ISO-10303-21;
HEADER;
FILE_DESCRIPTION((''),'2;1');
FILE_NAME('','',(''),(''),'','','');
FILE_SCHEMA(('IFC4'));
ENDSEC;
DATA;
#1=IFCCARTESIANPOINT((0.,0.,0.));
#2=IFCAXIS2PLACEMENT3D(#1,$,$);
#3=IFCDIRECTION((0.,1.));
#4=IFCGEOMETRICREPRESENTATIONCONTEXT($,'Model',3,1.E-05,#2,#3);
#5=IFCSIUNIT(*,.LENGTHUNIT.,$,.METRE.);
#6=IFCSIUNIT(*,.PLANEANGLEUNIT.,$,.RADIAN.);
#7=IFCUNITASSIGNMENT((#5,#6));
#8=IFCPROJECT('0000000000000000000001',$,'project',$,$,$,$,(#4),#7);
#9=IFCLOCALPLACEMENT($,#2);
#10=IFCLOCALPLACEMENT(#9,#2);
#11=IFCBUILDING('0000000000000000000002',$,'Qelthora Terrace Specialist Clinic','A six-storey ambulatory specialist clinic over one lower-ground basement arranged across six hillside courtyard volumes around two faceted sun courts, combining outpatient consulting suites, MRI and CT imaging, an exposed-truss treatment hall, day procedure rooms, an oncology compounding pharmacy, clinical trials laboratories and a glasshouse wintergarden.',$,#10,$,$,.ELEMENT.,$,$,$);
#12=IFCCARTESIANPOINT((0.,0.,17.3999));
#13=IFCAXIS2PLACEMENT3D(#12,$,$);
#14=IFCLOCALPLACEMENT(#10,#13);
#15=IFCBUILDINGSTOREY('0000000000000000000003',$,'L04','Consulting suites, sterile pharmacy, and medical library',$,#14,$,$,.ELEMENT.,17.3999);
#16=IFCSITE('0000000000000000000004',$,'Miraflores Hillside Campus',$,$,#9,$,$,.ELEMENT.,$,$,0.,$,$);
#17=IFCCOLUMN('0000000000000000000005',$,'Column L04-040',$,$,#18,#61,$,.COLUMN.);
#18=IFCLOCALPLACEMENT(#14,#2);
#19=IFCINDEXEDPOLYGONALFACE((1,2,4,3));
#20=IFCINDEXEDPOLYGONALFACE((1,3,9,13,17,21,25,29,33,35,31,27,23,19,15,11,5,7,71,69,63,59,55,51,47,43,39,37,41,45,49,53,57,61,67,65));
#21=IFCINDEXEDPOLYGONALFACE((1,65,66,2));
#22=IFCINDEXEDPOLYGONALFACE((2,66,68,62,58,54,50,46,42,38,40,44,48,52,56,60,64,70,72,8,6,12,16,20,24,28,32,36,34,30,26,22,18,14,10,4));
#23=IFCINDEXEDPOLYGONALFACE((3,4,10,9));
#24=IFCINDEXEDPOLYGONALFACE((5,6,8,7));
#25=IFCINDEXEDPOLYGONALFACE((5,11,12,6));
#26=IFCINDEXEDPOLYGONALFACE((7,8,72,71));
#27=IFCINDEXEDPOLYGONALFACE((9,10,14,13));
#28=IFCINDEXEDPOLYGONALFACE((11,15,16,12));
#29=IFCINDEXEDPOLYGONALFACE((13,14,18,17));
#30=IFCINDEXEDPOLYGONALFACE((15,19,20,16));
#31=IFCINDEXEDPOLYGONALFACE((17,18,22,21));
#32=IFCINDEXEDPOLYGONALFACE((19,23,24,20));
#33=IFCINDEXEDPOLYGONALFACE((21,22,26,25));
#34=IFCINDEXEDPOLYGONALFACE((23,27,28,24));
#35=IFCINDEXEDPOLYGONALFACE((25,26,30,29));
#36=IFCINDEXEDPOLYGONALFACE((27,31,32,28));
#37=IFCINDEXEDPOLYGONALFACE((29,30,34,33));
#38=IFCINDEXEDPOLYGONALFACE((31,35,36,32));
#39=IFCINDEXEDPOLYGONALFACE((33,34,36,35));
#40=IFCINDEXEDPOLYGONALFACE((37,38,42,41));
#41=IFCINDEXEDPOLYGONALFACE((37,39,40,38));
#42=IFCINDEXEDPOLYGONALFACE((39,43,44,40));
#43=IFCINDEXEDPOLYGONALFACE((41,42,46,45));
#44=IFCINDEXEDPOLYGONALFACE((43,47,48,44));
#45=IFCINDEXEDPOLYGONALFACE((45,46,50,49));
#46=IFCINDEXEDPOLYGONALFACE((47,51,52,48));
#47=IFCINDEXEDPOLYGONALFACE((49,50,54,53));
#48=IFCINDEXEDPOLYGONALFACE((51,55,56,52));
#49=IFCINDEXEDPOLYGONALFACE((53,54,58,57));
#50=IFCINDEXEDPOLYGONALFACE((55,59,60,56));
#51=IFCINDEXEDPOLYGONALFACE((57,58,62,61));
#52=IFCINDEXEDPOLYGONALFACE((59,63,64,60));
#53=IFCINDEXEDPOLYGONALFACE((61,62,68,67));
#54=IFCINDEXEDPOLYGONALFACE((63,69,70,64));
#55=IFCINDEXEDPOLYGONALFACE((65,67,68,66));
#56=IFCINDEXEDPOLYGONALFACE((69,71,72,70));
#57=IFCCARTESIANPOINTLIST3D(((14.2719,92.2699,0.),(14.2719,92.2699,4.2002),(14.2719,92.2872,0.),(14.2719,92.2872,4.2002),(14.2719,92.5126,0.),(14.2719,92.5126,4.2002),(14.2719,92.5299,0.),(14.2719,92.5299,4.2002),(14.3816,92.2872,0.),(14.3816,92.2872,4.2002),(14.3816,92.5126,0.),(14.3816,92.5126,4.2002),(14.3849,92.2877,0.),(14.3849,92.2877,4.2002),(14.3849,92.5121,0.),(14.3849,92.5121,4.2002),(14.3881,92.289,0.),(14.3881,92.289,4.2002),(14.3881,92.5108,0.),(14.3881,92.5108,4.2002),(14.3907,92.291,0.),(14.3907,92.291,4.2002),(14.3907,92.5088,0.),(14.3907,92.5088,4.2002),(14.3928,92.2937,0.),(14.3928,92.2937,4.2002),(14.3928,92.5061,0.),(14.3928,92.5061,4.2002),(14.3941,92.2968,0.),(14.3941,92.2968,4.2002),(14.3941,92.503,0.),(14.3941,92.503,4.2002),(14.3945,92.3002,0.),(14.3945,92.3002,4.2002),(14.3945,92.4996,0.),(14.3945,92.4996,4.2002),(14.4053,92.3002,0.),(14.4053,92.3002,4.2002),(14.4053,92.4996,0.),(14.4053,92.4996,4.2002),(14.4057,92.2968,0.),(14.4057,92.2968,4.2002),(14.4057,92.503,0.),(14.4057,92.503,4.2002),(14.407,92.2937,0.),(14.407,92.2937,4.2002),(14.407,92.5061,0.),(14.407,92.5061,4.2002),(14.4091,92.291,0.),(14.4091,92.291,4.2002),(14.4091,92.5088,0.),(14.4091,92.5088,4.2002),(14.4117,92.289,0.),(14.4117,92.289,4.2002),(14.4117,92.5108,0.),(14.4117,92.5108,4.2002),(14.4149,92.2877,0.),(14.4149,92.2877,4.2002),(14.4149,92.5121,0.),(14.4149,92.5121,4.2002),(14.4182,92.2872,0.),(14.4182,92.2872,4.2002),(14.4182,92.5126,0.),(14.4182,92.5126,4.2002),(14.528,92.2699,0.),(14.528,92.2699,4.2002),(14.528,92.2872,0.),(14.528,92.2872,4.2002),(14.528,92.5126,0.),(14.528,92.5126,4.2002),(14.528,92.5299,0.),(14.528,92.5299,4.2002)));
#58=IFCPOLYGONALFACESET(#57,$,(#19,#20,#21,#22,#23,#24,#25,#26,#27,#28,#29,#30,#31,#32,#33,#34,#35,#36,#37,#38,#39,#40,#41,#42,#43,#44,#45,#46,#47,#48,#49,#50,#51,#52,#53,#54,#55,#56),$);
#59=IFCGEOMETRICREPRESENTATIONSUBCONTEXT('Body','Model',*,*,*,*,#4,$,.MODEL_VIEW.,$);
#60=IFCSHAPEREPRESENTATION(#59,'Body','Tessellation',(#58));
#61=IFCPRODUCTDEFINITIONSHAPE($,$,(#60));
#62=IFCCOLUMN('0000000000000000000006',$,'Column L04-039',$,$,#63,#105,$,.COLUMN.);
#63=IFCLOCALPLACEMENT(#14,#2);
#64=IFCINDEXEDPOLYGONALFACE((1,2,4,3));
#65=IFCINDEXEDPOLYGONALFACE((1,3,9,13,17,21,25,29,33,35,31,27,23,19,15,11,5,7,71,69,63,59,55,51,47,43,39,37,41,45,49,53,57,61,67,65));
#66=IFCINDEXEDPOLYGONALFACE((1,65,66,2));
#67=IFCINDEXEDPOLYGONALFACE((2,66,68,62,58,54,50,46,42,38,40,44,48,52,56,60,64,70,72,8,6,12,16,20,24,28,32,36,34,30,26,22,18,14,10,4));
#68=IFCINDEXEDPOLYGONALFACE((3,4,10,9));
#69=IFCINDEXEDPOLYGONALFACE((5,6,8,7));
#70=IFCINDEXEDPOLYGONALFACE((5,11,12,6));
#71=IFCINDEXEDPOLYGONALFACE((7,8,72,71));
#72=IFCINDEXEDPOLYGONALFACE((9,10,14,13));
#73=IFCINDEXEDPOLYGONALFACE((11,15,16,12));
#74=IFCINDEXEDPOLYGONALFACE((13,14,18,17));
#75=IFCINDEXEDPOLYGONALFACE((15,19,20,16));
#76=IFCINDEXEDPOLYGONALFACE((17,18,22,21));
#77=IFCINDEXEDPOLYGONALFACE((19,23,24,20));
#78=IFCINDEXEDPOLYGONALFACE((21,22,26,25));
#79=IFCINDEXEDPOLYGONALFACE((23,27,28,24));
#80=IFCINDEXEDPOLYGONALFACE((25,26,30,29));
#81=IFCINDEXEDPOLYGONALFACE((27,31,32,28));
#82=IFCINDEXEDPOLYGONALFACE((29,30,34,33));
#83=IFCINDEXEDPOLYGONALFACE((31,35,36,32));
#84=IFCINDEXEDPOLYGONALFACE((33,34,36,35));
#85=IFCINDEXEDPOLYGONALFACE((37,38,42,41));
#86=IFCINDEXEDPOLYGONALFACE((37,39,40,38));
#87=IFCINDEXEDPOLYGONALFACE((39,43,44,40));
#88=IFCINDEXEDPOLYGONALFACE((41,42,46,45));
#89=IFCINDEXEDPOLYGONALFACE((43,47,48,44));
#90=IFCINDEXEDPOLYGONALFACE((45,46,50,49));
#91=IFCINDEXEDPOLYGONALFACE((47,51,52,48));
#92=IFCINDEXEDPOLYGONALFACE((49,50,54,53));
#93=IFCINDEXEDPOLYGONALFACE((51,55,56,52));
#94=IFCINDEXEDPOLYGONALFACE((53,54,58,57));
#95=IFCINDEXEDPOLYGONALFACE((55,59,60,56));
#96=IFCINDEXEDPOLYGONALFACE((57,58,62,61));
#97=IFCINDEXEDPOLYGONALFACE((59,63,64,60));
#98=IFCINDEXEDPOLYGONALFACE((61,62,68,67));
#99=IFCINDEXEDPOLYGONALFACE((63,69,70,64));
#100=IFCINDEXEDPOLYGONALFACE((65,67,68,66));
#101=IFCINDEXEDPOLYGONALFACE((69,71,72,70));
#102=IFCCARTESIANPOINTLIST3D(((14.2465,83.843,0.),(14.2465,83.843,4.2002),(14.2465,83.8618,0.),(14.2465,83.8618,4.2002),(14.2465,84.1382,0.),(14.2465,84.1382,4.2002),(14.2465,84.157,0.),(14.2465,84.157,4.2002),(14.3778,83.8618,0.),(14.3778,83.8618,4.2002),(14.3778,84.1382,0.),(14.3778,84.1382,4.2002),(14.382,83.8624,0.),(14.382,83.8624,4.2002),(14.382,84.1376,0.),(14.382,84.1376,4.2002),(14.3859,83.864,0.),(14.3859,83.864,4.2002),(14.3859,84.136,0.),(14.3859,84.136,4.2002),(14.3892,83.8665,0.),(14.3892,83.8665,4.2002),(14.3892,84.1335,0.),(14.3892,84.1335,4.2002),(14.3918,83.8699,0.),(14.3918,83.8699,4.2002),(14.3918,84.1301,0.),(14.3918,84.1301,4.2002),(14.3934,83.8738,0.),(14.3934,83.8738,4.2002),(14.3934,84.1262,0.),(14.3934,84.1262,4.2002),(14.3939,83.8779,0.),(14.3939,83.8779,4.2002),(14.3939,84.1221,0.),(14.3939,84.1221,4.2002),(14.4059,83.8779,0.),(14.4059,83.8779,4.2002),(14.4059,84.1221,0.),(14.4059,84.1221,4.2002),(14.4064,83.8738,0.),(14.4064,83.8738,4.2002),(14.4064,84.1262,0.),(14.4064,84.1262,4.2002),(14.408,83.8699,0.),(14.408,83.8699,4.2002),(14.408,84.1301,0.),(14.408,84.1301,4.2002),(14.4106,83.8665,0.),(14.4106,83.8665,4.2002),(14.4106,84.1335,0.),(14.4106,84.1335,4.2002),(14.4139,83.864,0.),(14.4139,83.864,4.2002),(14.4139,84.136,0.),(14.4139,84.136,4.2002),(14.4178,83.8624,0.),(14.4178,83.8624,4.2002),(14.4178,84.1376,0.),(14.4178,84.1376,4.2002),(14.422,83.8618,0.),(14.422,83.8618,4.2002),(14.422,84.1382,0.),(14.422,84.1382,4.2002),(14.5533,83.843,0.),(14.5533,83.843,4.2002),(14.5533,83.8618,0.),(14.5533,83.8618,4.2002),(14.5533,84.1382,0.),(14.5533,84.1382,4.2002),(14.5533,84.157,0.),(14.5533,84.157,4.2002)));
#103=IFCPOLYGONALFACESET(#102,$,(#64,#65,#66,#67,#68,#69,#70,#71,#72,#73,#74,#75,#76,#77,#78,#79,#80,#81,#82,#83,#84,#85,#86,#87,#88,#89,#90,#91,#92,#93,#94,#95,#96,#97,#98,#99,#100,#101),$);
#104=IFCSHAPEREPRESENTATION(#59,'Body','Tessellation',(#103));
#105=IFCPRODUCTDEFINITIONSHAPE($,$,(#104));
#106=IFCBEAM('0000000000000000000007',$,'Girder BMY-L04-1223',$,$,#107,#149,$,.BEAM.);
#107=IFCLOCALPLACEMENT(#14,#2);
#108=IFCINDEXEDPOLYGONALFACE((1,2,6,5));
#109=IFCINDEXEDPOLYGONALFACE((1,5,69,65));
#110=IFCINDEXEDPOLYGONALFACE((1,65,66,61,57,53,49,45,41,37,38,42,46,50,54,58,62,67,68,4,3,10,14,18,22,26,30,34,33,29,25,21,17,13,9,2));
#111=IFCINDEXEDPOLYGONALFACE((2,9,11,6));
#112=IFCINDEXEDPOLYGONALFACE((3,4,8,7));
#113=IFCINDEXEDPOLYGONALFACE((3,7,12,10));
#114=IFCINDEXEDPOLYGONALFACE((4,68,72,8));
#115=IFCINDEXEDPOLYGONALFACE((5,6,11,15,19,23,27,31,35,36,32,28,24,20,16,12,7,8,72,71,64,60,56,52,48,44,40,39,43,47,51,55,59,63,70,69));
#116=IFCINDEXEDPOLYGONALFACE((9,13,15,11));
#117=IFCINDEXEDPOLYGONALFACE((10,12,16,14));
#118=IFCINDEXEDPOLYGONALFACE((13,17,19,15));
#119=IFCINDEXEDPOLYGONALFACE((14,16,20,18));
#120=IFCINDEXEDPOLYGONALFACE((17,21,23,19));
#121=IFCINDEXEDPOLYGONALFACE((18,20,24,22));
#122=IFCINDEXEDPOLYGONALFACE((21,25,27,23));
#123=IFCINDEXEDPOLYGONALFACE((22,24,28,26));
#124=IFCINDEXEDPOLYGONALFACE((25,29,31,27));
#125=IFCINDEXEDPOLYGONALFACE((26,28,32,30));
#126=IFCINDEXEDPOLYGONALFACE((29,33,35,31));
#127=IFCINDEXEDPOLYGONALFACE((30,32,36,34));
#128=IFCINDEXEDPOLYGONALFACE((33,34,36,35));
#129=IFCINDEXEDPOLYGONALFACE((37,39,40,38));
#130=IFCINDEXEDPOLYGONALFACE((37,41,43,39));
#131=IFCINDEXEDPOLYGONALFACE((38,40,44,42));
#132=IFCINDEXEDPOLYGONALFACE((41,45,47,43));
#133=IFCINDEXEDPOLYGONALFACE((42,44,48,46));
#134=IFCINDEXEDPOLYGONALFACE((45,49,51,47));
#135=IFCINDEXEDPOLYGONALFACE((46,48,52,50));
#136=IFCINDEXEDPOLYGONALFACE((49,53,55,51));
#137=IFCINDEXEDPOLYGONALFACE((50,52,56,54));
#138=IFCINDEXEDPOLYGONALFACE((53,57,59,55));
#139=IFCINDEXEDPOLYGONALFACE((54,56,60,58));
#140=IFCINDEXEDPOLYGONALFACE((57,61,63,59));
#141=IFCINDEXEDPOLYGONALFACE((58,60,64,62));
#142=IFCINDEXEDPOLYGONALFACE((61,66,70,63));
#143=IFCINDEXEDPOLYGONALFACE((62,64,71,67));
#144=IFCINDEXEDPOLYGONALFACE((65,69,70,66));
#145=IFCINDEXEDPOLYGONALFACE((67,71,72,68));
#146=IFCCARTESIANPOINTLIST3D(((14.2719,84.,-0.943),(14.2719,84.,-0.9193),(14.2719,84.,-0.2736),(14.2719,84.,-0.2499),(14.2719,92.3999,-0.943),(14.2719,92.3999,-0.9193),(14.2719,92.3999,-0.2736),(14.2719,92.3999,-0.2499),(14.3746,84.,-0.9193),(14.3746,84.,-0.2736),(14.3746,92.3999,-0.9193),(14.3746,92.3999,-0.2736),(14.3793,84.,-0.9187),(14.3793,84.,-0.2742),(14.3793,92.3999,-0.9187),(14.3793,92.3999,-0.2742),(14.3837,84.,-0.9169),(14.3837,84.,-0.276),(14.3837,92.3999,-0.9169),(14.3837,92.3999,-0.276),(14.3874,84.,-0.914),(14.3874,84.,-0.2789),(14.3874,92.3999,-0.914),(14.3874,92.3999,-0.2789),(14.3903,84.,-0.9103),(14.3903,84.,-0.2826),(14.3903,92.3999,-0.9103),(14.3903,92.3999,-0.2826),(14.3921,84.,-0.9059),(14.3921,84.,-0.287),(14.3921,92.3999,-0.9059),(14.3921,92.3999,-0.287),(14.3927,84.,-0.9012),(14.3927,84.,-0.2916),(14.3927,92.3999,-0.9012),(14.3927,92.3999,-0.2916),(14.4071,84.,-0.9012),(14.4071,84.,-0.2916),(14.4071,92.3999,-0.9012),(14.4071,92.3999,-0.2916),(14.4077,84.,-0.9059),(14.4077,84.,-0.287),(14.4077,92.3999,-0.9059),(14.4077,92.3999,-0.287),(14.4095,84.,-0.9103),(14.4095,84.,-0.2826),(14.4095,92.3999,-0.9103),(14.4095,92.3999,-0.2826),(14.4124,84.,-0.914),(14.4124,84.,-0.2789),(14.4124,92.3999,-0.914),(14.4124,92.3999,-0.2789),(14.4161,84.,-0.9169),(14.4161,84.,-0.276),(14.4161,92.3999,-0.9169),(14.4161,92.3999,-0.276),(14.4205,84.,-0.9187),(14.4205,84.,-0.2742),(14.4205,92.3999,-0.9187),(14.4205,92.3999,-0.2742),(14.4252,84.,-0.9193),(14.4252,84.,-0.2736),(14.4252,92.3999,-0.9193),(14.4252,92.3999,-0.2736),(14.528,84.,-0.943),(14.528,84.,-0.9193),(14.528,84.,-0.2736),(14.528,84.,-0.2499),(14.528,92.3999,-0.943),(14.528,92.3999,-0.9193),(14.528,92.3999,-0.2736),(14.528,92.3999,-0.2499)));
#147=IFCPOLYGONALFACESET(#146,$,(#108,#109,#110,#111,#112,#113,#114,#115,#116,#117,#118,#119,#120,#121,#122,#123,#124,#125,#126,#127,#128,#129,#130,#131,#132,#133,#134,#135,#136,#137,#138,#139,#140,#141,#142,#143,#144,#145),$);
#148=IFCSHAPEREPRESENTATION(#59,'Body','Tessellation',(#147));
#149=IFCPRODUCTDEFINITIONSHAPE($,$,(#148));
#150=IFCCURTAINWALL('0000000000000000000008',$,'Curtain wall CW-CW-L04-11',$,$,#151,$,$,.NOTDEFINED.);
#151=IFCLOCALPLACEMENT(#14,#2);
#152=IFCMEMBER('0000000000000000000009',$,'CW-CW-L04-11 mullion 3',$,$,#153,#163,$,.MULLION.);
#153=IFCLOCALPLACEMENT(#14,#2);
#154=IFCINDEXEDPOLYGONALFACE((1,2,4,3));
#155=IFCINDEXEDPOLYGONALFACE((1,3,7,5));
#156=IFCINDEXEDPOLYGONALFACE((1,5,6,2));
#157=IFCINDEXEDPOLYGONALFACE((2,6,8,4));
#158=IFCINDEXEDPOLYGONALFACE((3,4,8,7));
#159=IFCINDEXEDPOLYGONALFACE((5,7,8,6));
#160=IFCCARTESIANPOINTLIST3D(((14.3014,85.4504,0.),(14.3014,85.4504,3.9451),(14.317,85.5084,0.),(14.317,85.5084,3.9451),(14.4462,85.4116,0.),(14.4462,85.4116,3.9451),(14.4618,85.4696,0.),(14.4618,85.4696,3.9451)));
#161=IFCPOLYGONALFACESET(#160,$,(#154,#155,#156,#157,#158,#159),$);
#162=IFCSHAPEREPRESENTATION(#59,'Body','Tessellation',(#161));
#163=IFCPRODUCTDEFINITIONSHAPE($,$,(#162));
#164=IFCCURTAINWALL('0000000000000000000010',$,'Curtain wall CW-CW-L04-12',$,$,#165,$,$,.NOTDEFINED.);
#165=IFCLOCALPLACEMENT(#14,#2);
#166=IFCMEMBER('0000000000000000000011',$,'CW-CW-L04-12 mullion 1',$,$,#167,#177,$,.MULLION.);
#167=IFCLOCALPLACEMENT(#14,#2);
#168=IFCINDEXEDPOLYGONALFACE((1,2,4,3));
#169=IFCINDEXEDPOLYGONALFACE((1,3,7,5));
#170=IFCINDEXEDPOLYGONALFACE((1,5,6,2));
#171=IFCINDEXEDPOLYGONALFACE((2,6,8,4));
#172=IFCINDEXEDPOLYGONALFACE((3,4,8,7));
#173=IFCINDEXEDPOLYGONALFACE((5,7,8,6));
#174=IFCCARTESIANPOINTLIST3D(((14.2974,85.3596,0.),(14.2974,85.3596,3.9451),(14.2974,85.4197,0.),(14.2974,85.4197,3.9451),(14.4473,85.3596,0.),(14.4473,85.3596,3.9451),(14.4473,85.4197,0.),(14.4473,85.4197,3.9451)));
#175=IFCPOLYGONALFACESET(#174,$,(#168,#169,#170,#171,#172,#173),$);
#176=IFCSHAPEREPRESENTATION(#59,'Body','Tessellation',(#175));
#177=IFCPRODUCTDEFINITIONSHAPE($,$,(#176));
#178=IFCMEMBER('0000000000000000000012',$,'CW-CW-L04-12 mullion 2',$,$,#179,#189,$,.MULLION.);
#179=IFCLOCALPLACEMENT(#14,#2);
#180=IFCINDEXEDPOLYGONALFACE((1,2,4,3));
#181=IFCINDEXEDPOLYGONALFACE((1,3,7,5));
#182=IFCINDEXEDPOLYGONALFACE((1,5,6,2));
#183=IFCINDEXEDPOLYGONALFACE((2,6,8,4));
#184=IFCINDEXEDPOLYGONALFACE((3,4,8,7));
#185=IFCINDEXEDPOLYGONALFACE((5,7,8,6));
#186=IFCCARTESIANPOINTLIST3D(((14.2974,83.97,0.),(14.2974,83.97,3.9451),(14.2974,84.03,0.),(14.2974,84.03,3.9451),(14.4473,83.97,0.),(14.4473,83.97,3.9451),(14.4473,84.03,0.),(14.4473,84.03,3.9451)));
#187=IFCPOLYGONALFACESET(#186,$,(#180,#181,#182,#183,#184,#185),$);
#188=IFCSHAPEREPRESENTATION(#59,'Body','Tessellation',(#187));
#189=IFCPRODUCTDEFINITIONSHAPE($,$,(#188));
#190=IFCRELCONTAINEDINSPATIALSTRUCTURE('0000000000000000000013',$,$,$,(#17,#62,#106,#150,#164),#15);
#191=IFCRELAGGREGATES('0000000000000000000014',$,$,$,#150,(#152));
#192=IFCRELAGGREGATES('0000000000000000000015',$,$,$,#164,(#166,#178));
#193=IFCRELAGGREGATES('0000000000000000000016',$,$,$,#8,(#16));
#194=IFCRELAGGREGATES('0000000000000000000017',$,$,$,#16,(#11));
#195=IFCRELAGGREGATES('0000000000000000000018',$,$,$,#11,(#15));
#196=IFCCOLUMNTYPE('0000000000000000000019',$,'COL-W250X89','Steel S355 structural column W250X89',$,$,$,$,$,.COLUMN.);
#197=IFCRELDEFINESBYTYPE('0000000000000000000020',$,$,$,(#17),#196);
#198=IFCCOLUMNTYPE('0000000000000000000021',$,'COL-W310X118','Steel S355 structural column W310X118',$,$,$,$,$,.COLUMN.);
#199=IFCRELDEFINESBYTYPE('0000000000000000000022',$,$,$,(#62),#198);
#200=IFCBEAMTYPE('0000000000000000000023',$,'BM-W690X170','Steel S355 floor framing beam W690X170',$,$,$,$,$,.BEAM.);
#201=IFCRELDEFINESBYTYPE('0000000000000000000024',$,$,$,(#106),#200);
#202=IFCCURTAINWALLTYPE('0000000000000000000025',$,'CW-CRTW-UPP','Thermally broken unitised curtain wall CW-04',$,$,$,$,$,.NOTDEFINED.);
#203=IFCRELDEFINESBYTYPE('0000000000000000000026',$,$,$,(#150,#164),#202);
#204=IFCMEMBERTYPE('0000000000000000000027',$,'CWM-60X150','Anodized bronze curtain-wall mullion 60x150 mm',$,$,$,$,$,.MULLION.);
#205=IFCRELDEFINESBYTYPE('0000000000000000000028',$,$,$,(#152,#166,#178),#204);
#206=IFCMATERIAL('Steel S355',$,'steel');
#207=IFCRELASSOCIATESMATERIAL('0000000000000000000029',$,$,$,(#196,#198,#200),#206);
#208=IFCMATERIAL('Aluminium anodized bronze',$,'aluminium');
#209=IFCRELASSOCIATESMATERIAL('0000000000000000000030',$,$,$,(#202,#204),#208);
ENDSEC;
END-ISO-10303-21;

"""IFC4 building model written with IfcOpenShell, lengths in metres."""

from ifc_helpers import new_model, si_unit, direction, frame, origin, origin_2d, place, context, subcontext, project, spatial, rectangle, i_section, extrude, material, material_profile, profile_set, type_object, element, aggregate, save


model = new_model("IFC4")

# Units and contexts
model_context = context("Model", 3, precision=1e-05, world=origin(), true_north=direction((0.0, 1.0)))
body_context = subcontext(model_context, "Body", "Model", "MODEL_VIEW")
ifc_project = project(units=[si_unit("LENGTHUNIT", "METRE"), si_unit("PLANEANGLEUNIT", "RADIAN")], contexts=[model_context])

# Site, building, storey
site_placement = place(None, origin())
site = spatial("IfcSite", under=ifc_project, at=site_placement, Name="Miraflores Hillside Campus", CompositionType="ELEMENT", RefElevation=0.0)
building_placement = place(site_placement, origin())
building = spatial("IfcBuilding", under=site, at=building_placement, Name="Qelthora Terrace Specialist Clinic", Description="A six-storey ambulatory specialist clinic over one lower-ground basement arranged across six hillside courtyard volumes around two faceted sun courts, combining outpatient consulting suites, MRI and CT imaging, an exposed-truss treatment hall, day procedure rooms, an oncology compounding pharmacy, clinical trials laboratories and a glasshouse wintergarden.", CompositionType="ELEMENT")
storey_placement = place(building_placement, frame((0.0, 0.0, 17.3999)))
storey = spatial("IfcBuildingStorey", under=building, at=storey_placement, Name="L04", Description="Consulting suites, sterile pharmacy, and medical library", CompositionType="ELEMENT", Elevation=17.3999)

# Columns
ifc_material_1 = material(Name="Steel S355", Category="steel")
ifc_material_profile_1 = material_profile(ifc_material_1, i_section(OverallWidth=0.2561, OverallDepth=0.26, WebThickness=0.0107, FlangeThickness=0.0173, FilletRadius=0.0129, at=origin_2d()), Name="W250X89")
ifc_profile_set_1 = profile_set([ifc_material_profile_1], Name="Steel S355")
column_type_1 = type_object("IfcColumnType", Name="COL-W250X89", Description="Steel S355 structural column W250X89", PredefinedType="COLUMN", material=ifc_profile_set_1)
column_1_placement = place(storey_placement, frame((14.3999, 92.3999, 0.0), z_axis=(0.0, 0.0, 1.0), x_axis=(1.0, 0.0, 0.0)))
element("IfcColumn", 1, at=column_1_placement, inside=storey, type_object=column_type_1, Name="Column L04-040", PredefinedType="COLUMN", context=body_context, shape_type="SweptSolid", body=[
    extrude(i_section(OverallWidth=0.2561, OverallDepth=0.26, WebThickness=0.0107, FlangeThickness=0.0173, FilletRadius=0.0129, at=origin_2d()), origin(), (0.0, 0.0, 1.0), 4.2002),
])
ifc_material_profile_2 = material_profile(ifc_material_1, i_section(OverallWidth=0.3069, OverallDepth=0.314, WebThickness=0.012, FlangeThickness=0.0188, FilletRadius=0.0161, at=origin_2d()), Name="W310X118")
ifc_profile_set_2 = profile_set([ifc_material_profile_2], Name="Steel S355")
column_type_2 = type_object("IfcColumnType", Name="COL-W310X118", Description="Steel S355 structural column W310X118", PredefinedType="COLUMN", material=ifc_profile_set_2)
column_2_placement = place(storey_placement, frame((14.3999, 84.0, 0.0), z_axis=(0.0, 0.0, 1.0), x_axis=(1.0, 0.0, 0.0)))
element("IfcColumn", 2, at=column_2_placement, inside=storey, type_object=column_type_2, Name="Column L04-039", PredefinedType="COLUMN", context=body_context, shape_type="SweptSolid", body=[
    extrude(i_section(OverallWidth=0.3069, OverallDepth=0.314, WebThickness=0.012, FlangeThickness=0.0188, FilletRadius=0.0161, at=origin_2d()), origin(), (0.0, 0.0, 1.0), 4.2002),
])

# Beam
ifc_material_profile_3 = material_profile(ifc_material_1, i_section(OverallWidth=0.2561, OverallDepth=0.6931, WebThickness=0.0144, FlangeThickness=0.0237, FilletRadius=0.0181, at=origin_2d()), Name="W690X170")
ifc_profile_set_3 = profile_set([ifc_material_profile_3], Name="Steel S355")
beam_type_1 = type_object("IfcBeamType", Name="BM-W690X170", Description="Steel S355 floor framing beam W690X170", PredefinedType="BEAM", material=ifc_profile_set_3)
beam_1_placement = place(storey_placement, frame((14.3999, 84.0, -0.5964), z_axis=(0.0, 1.0, 0.0), x_axis=(-1.0, 0.0, 0.0)))
element("IfcBeam", 3, at=beam_1_placement, inside=storey, type_object=beam_type_1, Name="Girder BMY-L04-1223", PredefinedType="BEAM", context=body_context, shape_type="SweptSolid", body=[
    extrude(i_section(OverallWidth=0.2561, OverallDepth=0.6931, WebThickness=0.0144, FlangeThickness=0.0237, FilletRadius=0.0181, at=origin_2d()), origin(), (0.0, 0.0, 1.0), 8.3999),
])

# Curtain wall, member
ifc_material_2 = material(Name="Aluminium anodized bronze", Category="aluminium")
curtain_wall_type = type_object("IfcCurtainWallType", Name="CW-CRTW-UPP", Description="Thermally broken unitised curtain wall CW-04", PredefinedType="NOTDEFINED", material=ifc_material_2)
curtain_wall_1_placement = place(storey_placement, origin())
curtain_wall_1 = element("IfcCurtainWall", 4, at=curtain_wall_1_placement, inside=storey, type_object=curtain_wall_type, Name="Curtain wall CW-CW-L04-11", PredefinedType="NOTDEFINED")
ifc_material_profile_4 = material_profile(ifc_material_2, rectangle(XDim=0.0601, YDim=0.1499, at=origin_2d()), Name="CWM60X150")
ifc_profile_set_4 = profile_set([ifc_material_profile_4], Name="Aluminium anodized bronze")
member_type_1 = type_object("IfcMemberType", Name="CWM-60X150", Description="Anodized bronze curtain-wall mullion 60x150 mm", PredefinedType="MULLION", material=ifc_profile_set_4)
member_1_placement = place(storey_placement, frame((14.3816, 85.46, 0.0), z_axis=(0.0, 0.0, 1.0), x_axis=(-0.25882, -0.965925, 0.0)))
member_1 = element("IfcMember", 5, at=member_1_placement, type_object=member_type_1, Name="CW-CW-L04-11 mullion 3", PredefinedType="MULLION", context=body_context, shape_type="SweptSolid", body=[
    extrude(rectangle(XDim=0.0601, YDim=0.1499, at=origin_2d()), origin(), (0.0, 0.0, 1.0), 3.9451),
])
aggregate(curtain_wall_1, [member_1])

# Curtain wall, members
curtain_wall_2_placement = place(storey_placement, origin())
curtain_wall_2 = element("IfcCurtainWall", 6, at=curtain_wall_2_placement, inside=storey, type_object=curtain_wall_type, Name="Curtain wall CW-CW-L04-12", PredefinedType="NOTDEFINED")
member_2_placement = place(storey_placement, frame((14.3723, 85.3896, 0.0), z_axis=(0.0, 0.0, 1.0), x_axis=(0.0, -1.0, 0.0)))
member_2 = element("IfcMember", 7, at=member_2_placement, type_object=member_type_1, Name="CW-CW-L04-12 mullion 1", PredefinedType="MULLION", context=body_context, shape_type="SweptSolid", body=[
    extrude(rectangle(XDim=0.0601, YDim=0.1499, at=origin_2d()), origin(), (0.0, 0.0, 1.0), 3.9451),
])
member_3_placement = place(storey_placement, frame((14.3723, 84.0, 0.0), z_axis=(0.0, 0.0, 1.0), x_axis=(0.0, -1.0, 0.0)))
member_3 = element("IfcMember", 8, at=member_3_placement, type_object=member_type_1, Name="CW-CW-L04-12 mullion 2", PredefinedType="MULLION", context=body_context, shape_type="SweptSolid", body=[
    extrude(rectangle(XDim=0.0601, YDim=0.1499, at=origin_2d()), origin(), (0.0, 0.0, 1.0), 3.9451),
])

aggregate(curtain_wall_2, [member_2, member_3])

save(model, "model.ifc")
